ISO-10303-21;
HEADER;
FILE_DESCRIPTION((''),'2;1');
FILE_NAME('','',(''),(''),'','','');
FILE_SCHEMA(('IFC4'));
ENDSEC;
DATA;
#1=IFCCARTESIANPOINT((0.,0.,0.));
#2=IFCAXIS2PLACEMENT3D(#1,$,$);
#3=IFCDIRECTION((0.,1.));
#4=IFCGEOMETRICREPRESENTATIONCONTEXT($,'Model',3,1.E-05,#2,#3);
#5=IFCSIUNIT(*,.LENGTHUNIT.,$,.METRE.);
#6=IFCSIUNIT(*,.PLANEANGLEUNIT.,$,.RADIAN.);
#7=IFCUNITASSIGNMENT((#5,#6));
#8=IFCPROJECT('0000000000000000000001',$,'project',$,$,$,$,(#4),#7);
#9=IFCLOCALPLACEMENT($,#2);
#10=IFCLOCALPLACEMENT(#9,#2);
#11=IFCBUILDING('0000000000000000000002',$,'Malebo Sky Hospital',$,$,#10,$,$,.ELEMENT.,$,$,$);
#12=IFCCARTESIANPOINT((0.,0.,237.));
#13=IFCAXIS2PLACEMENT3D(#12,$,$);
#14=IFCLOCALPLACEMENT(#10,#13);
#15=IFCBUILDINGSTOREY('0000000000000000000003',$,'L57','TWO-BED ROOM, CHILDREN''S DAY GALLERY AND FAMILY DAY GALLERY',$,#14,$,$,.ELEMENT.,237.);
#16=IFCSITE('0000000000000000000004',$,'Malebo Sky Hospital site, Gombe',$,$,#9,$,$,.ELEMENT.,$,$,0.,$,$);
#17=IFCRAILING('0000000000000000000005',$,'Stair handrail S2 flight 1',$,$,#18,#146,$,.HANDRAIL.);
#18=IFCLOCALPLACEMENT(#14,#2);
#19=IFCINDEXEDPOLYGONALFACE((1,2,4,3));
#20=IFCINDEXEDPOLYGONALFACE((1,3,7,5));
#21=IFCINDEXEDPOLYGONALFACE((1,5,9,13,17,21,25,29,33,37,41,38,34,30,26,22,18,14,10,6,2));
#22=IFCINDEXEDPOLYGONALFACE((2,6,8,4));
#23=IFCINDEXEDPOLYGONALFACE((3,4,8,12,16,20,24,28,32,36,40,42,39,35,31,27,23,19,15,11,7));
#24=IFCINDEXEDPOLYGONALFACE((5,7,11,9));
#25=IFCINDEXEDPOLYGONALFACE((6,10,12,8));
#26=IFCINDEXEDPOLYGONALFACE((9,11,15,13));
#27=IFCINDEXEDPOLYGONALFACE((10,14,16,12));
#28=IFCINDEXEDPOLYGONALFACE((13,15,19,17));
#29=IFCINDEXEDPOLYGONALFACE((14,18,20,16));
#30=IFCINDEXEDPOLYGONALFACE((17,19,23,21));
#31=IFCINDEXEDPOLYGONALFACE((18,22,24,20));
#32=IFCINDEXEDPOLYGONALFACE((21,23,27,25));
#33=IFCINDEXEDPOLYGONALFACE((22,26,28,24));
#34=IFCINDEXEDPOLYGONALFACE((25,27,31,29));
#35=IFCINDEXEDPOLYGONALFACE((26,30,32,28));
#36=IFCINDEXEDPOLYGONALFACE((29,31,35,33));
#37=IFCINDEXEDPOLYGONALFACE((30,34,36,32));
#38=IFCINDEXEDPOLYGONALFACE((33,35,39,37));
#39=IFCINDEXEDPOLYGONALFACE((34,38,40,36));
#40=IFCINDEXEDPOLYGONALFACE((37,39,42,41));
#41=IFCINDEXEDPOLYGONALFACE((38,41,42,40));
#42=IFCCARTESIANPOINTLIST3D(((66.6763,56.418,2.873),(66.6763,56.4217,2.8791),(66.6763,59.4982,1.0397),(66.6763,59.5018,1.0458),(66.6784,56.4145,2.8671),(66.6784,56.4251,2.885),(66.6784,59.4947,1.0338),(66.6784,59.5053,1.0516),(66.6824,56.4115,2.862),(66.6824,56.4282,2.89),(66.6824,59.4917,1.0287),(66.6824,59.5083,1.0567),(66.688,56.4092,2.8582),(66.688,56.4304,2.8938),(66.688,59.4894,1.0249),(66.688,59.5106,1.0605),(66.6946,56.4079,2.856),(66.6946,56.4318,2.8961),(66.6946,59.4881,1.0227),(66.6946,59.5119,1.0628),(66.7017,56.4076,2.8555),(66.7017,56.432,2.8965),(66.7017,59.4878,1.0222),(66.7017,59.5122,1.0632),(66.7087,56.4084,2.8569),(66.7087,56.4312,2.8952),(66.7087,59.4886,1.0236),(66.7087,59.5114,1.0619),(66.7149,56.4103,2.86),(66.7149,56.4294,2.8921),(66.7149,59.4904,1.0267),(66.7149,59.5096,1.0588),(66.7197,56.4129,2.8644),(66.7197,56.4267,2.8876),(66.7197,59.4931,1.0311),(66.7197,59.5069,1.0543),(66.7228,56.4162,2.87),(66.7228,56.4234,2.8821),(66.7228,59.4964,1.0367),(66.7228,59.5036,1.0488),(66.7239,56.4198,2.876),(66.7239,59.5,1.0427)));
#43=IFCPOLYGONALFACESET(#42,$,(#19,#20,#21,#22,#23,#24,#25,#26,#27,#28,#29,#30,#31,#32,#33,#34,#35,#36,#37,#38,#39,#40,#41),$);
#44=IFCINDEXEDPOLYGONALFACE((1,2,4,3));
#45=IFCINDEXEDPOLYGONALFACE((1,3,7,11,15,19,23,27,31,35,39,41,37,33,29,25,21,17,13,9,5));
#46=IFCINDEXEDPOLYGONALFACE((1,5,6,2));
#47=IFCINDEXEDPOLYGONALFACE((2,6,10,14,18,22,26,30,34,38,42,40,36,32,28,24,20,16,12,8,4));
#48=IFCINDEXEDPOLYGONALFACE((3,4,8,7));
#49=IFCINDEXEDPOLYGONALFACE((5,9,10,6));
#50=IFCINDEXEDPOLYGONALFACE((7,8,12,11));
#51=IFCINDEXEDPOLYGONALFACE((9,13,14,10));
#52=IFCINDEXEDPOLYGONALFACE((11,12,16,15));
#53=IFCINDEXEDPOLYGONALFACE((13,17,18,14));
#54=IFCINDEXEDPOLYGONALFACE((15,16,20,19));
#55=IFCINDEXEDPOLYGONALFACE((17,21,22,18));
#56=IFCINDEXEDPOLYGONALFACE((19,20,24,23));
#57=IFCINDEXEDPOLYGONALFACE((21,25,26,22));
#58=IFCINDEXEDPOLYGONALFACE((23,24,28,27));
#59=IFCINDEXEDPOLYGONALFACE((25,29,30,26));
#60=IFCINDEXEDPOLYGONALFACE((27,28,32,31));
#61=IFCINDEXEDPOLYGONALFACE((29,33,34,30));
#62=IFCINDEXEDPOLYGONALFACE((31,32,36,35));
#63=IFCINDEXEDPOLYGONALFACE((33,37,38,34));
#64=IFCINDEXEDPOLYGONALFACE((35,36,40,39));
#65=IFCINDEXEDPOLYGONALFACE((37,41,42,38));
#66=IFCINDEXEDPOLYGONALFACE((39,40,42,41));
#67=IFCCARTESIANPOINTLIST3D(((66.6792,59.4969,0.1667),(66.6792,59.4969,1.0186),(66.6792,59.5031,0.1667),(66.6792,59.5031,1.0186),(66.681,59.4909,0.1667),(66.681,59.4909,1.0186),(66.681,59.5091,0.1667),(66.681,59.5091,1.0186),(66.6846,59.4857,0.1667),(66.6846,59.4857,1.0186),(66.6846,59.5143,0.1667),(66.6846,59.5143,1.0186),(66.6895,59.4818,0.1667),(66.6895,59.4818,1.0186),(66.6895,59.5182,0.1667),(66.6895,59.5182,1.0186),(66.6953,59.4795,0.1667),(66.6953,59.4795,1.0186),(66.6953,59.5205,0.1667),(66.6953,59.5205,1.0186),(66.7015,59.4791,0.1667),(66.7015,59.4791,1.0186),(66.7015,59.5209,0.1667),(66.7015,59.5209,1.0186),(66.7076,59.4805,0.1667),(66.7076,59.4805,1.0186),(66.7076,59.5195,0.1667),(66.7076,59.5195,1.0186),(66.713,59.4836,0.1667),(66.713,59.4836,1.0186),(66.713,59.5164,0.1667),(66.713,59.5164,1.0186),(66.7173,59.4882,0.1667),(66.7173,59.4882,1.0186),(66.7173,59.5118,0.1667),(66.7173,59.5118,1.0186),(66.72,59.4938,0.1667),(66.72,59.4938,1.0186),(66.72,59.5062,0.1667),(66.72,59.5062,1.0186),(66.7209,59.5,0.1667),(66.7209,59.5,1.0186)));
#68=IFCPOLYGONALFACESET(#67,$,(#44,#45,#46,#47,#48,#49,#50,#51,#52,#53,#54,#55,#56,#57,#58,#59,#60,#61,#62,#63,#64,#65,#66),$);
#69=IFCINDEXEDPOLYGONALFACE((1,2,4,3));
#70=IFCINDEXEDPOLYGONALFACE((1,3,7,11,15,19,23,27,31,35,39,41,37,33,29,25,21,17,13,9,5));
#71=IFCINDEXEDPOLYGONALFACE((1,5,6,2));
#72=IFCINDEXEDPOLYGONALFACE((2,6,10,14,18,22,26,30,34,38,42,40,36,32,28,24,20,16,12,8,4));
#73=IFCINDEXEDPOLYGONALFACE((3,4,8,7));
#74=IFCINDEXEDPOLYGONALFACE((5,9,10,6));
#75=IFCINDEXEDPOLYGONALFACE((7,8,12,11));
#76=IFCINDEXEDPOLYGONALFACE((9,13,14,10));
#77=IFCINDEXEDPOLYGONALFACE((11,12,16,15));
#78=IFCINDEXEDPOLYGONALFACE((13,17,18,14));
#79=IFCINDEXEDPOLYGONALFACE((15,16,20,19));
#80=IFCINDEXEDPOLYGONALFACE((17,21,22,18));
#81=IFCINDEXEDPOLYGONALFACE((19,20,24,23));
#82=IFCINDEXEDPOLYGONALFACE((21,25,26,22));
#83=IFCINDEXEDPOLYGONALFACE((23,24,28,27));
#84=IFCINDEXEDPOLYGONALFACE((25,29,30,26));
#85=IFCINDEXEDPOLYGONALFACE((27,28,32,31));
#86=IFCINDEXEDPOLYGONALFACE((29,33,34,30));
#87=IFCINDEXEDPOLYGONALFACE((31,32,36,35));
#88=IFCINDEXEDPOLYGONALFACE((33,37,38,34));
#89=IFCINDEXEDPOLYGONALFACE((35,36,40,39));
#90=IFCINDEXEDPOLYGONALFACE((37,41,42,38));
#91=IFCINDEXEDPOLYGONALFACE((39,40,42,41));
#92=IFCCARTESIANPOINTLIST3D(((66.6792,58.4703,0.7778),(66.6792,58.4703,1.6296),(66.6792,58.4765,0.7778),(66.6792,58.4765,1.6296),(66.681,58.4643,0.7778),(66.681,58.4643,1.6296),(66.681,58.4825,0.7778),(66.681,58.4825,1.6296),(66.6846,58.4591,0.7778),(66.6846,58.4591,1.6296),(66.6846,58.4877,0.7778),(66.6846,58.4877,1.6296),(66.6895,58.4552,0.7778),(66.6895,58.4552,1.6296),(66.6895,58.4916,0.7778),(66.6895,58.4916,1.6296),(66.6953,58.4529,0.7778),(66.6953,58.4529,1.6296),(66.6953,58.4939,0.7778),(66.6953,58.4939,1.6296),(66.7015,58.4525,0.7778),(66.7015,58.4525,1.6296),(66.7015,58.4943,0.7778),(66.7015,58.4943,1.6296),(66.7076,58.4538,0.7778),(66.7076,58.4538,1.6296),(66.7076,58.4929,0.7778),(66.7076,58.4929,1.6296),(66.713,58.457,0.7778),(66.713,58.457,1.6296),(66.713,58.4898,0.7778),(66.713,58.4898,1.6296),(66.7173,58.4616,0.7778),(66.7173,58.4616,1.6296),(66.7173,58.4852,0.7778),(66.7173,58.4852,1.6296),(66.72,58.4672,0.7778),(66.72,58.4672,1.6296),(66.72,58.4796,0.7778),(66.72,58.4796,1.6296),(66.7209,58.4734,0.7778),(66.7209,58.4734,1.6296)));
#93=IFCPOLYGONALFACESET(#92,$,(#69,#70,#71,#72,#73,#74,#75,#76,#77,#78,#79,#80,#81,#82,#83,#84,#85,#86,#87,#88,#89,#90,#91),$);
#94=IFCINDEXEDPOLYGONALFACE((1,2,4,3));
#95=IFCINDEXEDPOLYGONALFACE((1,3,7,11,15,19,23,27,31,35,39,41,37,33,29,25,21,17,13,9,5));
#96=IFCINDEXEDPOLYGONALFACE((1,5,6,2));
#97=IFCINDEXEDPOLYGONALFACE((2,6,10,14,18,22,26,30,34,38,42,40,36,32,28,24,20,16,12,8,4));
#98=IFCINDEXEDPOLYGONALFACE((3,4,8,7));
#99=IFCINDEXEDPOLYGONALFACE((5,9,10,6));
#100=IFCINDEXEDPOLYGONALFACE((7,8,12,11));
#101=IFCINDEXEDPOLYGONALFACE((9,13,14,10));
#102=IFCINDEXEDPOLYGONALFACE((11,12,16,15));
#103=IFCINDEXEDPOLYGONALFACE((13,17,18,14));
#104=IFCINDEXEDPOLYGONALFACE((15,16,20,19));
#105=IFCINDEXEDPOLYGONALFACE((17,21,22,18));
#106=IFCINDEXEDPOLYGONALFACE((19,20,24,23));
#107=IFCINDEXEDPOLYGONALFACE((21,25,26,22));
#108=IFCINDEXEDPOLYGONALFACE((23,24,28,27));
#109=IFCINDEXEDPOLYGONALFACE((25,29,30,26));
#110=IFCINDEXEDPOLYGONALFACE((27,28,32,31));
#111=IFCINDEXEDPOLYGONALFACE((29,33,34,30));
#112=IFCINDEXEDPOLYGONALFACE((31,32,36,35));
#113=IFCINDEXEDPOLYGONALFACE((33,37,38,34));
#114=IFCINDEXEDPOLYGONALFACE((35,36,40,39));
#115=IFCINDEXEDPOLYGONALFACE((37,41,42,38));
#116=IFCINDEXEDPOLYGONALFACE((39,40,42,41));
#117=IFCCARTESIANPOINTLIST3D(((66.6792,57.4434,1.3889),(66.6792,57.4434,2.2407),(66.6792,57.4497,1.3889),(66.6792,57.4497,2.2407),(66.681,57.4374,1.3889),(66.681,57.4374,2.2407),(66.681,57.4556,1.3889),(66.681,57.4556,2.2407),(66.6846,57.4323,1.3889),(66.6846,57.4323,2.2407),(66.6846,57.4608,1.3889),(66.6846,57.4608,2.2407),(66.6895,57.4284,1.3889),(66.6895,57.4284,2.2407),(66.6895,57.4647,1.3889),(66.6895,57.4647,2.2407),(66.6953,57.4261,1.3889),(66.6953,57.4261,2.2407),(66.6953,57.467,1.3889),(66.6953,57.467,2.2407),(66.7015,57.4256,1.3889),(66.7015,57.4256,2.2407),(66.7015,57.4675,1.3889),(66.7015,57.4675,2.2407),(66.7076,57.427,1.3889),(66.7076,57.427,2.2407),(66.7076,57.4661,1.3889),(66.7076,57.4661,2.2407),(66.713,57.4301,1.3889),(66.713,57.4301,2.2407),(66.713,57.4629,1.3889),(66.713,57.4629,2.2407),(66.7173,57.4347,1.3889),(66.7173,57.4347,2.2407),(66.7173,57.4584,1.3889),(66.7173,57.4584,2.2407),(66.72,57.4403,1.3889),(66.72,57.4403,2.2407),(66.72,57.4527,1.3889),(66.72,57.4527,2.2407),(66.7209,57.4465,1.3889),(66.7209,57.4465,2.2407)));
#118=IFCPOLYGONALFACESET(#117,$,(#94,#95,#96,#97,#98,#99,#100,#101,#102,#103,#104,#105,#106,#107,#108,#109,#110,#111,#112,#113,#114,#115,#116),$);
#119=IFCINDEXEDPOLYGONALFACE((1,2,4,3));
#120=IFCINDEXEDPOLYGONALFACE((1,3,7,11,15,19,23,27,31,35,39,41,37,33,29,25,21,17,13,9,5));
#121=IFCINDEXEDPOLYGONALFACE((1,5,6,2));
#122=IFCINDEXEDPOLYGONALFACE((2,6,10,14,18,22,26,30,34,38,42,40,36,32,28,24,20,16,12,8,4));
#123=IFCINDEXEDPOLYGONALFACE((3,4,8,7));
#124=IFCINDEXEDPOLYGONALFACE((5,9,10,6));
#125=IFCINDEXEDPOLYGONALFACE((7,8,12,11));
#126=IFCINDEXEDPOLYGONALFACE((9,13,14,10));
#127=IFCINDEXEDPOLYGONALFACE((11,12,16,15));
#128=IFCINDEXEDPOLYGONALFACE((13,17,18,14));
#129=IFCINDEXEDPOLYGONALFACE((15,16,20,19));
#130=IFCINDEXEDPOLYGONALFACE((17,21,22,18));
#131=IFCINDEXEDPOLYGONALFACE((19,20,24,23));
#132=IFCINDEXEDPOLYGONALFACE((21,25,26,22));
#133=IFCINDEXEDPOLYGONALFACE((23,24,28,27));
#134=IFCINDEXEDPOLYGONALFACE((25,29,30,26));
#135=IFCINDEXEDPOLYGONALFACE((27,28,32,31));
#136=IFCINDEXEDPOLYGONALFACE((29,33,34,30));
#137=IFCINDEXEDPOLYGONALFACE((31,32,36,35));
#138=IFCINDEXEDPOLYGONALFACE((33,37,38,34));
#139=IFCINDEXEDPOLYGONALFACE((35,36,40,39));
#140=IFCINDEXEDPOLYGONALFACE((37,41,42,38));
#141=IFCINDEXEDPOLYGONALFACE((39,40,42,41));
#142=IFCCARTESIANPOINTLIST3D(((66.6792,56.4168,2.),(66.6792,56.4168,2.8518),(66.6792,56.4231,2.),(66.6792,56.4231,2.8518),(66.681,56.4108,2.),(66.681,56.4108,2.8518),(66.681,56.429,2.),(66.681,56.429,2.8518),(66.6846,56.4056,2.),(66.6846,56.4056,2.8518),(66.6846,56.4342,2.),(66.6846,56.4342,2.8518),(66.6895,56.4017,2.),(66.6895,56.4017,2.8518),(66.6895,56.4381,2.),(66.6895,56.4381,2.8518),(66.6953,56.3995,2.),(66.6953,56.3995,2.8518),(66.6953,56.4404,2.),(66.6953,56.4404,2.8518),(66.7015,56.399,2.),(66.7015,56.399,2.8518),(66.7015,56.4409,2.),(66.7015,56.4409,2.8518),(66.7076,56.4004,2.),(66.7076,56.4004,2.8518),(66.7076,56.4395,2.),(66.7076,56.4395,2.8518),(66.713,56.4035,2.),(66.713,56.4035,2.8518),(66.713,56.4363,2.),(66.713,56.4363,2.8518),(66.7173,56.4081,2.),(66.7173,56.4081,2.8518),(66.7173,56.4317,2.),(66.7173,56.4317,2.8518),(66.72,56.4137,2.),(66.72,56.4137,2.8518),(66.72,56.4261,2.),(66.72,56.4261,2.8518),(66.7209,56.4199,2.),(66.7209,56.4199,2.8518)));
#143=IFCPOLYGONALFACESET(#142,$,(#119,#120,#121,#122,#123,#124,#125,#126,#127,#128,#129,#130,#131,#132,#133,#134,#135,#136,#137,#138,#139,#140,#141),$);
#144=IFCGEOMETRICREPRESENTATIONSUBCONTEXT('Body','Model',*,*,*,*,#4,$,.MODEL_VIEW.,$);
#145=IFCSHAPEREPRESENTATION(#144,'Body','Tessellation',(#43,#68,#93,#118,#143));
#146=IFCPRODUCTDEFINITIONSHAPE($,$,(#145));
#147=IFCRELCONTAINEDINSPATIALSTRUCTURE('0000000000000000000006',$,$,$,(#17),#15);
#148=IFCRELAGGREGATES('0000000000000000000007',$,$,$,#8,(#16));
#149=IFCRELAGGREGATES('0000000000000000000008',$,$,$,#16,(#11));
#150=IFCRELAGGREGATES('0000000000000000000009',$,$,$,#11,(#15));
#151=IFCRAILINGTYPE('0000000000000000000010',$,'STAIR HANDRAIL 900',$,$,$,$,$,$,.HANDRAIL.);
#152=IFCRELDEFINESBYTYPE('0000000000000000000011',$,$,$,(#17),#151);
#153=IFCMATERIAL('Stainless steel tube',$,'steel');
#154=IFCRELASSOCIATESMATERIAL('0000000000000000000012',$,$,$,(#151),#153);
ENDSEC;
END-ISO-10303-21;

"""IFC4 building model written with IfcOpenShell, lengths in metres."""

from ifc_helpers import new_model, si_unit, direction, frame, origin, origin_2d, place, context, subcontext, project, spatial, circle, extrude, material, type_object, element, save


model = new_model("IFC4")

# Units and contexts
model_context = context("Model", 3, precision=1e-05, world=origin(), true_north=direction((0.0, 1.0)))
body_context = subcontext(model_context, "Body", "Model", "MODEL_VIEW")
ifc_project = project(units=[si_unit("LENGTHUNIT", "METRE"), si_unit("PLANEANGLEUNIT", "RADIAN")], contexts=[model_context])

# Site, building, storey
site_placement = place(None, origin())
site = spatial("IfcSite", under=ifc_project, at=site_placement, Name="Malebo Sky Hospital site, Gombe", CompositionType="ELEMENT", RefElevation=0.0)
building_placement = place(site_placement, origin())
building = spatial("IfcBuilding", under=site, at=building_placement, Name="Malebo Sky Hospital", CompositionType="ELEMENT")
storey_placement = place(building_placement, frame((0.0, 0.0, 237.0)))
storey = spatial("IfcBuildingStorey", under=building, at=storey_placement, Name="L57", Description="TWO-BED ROOM, CHILDREN'S DAY GALLERY AND FAMILY DAY GALLERY", CompositionType="ELEMENT", Elevation=237.0)

# Railing
ifc_material_1 = material(Name="Stainless steel tube", Category="steel")
railing_type = type_object("IfcRailingType", Name="STAIR HANDRAIL 900", PredefinedType="HANDRAIL", material=ifc_material_1)
railing_1_placement = place(storey_placement, frame((66.7, 59.5, 0.1667)))
element("IfcRailing", 1, at=railing_1_placement, inside=storey, type_object=railing_type, Name="Stair handrail S2 flight 1", PredefinedType="HANDRAIL", context=body_context, shape_type="SweptSolid", body=[
    extrude(circle(Radius=0.0239, at=origin_2d()), frame((0.0, 0.0, 0.876), z_axis=(0.0, -0.859309, 0.511458), x_axis=(1.0, 0.0, 0.0)), (0.0, 0.0, 1.0), 3.5845),
    extrude(circle(Radius=0.021, at=origin_2d()), origin(), (0.0, 0.0, 1.0), 0.8518),
    extrude(circle(Radius=0.021, at=origin_2d()), frame((0.0, -1.0266, 0.6111)), (0.0, 0.0, 1.0), 0.8518),
    extrude(circle(Radius=0.021, at=origin_2d()), frame((0.0, -2.0535, 1.2222)), (0.0, 0.0, 1.0), 0.8518),
    extrude(circle(Radius=0.021, at=origin_2d()), frame((0.0, -3.0801, 1.8333)), (0.0, 0.0, 1.0), 0.8518),
])

save(model, "model.ifc")
